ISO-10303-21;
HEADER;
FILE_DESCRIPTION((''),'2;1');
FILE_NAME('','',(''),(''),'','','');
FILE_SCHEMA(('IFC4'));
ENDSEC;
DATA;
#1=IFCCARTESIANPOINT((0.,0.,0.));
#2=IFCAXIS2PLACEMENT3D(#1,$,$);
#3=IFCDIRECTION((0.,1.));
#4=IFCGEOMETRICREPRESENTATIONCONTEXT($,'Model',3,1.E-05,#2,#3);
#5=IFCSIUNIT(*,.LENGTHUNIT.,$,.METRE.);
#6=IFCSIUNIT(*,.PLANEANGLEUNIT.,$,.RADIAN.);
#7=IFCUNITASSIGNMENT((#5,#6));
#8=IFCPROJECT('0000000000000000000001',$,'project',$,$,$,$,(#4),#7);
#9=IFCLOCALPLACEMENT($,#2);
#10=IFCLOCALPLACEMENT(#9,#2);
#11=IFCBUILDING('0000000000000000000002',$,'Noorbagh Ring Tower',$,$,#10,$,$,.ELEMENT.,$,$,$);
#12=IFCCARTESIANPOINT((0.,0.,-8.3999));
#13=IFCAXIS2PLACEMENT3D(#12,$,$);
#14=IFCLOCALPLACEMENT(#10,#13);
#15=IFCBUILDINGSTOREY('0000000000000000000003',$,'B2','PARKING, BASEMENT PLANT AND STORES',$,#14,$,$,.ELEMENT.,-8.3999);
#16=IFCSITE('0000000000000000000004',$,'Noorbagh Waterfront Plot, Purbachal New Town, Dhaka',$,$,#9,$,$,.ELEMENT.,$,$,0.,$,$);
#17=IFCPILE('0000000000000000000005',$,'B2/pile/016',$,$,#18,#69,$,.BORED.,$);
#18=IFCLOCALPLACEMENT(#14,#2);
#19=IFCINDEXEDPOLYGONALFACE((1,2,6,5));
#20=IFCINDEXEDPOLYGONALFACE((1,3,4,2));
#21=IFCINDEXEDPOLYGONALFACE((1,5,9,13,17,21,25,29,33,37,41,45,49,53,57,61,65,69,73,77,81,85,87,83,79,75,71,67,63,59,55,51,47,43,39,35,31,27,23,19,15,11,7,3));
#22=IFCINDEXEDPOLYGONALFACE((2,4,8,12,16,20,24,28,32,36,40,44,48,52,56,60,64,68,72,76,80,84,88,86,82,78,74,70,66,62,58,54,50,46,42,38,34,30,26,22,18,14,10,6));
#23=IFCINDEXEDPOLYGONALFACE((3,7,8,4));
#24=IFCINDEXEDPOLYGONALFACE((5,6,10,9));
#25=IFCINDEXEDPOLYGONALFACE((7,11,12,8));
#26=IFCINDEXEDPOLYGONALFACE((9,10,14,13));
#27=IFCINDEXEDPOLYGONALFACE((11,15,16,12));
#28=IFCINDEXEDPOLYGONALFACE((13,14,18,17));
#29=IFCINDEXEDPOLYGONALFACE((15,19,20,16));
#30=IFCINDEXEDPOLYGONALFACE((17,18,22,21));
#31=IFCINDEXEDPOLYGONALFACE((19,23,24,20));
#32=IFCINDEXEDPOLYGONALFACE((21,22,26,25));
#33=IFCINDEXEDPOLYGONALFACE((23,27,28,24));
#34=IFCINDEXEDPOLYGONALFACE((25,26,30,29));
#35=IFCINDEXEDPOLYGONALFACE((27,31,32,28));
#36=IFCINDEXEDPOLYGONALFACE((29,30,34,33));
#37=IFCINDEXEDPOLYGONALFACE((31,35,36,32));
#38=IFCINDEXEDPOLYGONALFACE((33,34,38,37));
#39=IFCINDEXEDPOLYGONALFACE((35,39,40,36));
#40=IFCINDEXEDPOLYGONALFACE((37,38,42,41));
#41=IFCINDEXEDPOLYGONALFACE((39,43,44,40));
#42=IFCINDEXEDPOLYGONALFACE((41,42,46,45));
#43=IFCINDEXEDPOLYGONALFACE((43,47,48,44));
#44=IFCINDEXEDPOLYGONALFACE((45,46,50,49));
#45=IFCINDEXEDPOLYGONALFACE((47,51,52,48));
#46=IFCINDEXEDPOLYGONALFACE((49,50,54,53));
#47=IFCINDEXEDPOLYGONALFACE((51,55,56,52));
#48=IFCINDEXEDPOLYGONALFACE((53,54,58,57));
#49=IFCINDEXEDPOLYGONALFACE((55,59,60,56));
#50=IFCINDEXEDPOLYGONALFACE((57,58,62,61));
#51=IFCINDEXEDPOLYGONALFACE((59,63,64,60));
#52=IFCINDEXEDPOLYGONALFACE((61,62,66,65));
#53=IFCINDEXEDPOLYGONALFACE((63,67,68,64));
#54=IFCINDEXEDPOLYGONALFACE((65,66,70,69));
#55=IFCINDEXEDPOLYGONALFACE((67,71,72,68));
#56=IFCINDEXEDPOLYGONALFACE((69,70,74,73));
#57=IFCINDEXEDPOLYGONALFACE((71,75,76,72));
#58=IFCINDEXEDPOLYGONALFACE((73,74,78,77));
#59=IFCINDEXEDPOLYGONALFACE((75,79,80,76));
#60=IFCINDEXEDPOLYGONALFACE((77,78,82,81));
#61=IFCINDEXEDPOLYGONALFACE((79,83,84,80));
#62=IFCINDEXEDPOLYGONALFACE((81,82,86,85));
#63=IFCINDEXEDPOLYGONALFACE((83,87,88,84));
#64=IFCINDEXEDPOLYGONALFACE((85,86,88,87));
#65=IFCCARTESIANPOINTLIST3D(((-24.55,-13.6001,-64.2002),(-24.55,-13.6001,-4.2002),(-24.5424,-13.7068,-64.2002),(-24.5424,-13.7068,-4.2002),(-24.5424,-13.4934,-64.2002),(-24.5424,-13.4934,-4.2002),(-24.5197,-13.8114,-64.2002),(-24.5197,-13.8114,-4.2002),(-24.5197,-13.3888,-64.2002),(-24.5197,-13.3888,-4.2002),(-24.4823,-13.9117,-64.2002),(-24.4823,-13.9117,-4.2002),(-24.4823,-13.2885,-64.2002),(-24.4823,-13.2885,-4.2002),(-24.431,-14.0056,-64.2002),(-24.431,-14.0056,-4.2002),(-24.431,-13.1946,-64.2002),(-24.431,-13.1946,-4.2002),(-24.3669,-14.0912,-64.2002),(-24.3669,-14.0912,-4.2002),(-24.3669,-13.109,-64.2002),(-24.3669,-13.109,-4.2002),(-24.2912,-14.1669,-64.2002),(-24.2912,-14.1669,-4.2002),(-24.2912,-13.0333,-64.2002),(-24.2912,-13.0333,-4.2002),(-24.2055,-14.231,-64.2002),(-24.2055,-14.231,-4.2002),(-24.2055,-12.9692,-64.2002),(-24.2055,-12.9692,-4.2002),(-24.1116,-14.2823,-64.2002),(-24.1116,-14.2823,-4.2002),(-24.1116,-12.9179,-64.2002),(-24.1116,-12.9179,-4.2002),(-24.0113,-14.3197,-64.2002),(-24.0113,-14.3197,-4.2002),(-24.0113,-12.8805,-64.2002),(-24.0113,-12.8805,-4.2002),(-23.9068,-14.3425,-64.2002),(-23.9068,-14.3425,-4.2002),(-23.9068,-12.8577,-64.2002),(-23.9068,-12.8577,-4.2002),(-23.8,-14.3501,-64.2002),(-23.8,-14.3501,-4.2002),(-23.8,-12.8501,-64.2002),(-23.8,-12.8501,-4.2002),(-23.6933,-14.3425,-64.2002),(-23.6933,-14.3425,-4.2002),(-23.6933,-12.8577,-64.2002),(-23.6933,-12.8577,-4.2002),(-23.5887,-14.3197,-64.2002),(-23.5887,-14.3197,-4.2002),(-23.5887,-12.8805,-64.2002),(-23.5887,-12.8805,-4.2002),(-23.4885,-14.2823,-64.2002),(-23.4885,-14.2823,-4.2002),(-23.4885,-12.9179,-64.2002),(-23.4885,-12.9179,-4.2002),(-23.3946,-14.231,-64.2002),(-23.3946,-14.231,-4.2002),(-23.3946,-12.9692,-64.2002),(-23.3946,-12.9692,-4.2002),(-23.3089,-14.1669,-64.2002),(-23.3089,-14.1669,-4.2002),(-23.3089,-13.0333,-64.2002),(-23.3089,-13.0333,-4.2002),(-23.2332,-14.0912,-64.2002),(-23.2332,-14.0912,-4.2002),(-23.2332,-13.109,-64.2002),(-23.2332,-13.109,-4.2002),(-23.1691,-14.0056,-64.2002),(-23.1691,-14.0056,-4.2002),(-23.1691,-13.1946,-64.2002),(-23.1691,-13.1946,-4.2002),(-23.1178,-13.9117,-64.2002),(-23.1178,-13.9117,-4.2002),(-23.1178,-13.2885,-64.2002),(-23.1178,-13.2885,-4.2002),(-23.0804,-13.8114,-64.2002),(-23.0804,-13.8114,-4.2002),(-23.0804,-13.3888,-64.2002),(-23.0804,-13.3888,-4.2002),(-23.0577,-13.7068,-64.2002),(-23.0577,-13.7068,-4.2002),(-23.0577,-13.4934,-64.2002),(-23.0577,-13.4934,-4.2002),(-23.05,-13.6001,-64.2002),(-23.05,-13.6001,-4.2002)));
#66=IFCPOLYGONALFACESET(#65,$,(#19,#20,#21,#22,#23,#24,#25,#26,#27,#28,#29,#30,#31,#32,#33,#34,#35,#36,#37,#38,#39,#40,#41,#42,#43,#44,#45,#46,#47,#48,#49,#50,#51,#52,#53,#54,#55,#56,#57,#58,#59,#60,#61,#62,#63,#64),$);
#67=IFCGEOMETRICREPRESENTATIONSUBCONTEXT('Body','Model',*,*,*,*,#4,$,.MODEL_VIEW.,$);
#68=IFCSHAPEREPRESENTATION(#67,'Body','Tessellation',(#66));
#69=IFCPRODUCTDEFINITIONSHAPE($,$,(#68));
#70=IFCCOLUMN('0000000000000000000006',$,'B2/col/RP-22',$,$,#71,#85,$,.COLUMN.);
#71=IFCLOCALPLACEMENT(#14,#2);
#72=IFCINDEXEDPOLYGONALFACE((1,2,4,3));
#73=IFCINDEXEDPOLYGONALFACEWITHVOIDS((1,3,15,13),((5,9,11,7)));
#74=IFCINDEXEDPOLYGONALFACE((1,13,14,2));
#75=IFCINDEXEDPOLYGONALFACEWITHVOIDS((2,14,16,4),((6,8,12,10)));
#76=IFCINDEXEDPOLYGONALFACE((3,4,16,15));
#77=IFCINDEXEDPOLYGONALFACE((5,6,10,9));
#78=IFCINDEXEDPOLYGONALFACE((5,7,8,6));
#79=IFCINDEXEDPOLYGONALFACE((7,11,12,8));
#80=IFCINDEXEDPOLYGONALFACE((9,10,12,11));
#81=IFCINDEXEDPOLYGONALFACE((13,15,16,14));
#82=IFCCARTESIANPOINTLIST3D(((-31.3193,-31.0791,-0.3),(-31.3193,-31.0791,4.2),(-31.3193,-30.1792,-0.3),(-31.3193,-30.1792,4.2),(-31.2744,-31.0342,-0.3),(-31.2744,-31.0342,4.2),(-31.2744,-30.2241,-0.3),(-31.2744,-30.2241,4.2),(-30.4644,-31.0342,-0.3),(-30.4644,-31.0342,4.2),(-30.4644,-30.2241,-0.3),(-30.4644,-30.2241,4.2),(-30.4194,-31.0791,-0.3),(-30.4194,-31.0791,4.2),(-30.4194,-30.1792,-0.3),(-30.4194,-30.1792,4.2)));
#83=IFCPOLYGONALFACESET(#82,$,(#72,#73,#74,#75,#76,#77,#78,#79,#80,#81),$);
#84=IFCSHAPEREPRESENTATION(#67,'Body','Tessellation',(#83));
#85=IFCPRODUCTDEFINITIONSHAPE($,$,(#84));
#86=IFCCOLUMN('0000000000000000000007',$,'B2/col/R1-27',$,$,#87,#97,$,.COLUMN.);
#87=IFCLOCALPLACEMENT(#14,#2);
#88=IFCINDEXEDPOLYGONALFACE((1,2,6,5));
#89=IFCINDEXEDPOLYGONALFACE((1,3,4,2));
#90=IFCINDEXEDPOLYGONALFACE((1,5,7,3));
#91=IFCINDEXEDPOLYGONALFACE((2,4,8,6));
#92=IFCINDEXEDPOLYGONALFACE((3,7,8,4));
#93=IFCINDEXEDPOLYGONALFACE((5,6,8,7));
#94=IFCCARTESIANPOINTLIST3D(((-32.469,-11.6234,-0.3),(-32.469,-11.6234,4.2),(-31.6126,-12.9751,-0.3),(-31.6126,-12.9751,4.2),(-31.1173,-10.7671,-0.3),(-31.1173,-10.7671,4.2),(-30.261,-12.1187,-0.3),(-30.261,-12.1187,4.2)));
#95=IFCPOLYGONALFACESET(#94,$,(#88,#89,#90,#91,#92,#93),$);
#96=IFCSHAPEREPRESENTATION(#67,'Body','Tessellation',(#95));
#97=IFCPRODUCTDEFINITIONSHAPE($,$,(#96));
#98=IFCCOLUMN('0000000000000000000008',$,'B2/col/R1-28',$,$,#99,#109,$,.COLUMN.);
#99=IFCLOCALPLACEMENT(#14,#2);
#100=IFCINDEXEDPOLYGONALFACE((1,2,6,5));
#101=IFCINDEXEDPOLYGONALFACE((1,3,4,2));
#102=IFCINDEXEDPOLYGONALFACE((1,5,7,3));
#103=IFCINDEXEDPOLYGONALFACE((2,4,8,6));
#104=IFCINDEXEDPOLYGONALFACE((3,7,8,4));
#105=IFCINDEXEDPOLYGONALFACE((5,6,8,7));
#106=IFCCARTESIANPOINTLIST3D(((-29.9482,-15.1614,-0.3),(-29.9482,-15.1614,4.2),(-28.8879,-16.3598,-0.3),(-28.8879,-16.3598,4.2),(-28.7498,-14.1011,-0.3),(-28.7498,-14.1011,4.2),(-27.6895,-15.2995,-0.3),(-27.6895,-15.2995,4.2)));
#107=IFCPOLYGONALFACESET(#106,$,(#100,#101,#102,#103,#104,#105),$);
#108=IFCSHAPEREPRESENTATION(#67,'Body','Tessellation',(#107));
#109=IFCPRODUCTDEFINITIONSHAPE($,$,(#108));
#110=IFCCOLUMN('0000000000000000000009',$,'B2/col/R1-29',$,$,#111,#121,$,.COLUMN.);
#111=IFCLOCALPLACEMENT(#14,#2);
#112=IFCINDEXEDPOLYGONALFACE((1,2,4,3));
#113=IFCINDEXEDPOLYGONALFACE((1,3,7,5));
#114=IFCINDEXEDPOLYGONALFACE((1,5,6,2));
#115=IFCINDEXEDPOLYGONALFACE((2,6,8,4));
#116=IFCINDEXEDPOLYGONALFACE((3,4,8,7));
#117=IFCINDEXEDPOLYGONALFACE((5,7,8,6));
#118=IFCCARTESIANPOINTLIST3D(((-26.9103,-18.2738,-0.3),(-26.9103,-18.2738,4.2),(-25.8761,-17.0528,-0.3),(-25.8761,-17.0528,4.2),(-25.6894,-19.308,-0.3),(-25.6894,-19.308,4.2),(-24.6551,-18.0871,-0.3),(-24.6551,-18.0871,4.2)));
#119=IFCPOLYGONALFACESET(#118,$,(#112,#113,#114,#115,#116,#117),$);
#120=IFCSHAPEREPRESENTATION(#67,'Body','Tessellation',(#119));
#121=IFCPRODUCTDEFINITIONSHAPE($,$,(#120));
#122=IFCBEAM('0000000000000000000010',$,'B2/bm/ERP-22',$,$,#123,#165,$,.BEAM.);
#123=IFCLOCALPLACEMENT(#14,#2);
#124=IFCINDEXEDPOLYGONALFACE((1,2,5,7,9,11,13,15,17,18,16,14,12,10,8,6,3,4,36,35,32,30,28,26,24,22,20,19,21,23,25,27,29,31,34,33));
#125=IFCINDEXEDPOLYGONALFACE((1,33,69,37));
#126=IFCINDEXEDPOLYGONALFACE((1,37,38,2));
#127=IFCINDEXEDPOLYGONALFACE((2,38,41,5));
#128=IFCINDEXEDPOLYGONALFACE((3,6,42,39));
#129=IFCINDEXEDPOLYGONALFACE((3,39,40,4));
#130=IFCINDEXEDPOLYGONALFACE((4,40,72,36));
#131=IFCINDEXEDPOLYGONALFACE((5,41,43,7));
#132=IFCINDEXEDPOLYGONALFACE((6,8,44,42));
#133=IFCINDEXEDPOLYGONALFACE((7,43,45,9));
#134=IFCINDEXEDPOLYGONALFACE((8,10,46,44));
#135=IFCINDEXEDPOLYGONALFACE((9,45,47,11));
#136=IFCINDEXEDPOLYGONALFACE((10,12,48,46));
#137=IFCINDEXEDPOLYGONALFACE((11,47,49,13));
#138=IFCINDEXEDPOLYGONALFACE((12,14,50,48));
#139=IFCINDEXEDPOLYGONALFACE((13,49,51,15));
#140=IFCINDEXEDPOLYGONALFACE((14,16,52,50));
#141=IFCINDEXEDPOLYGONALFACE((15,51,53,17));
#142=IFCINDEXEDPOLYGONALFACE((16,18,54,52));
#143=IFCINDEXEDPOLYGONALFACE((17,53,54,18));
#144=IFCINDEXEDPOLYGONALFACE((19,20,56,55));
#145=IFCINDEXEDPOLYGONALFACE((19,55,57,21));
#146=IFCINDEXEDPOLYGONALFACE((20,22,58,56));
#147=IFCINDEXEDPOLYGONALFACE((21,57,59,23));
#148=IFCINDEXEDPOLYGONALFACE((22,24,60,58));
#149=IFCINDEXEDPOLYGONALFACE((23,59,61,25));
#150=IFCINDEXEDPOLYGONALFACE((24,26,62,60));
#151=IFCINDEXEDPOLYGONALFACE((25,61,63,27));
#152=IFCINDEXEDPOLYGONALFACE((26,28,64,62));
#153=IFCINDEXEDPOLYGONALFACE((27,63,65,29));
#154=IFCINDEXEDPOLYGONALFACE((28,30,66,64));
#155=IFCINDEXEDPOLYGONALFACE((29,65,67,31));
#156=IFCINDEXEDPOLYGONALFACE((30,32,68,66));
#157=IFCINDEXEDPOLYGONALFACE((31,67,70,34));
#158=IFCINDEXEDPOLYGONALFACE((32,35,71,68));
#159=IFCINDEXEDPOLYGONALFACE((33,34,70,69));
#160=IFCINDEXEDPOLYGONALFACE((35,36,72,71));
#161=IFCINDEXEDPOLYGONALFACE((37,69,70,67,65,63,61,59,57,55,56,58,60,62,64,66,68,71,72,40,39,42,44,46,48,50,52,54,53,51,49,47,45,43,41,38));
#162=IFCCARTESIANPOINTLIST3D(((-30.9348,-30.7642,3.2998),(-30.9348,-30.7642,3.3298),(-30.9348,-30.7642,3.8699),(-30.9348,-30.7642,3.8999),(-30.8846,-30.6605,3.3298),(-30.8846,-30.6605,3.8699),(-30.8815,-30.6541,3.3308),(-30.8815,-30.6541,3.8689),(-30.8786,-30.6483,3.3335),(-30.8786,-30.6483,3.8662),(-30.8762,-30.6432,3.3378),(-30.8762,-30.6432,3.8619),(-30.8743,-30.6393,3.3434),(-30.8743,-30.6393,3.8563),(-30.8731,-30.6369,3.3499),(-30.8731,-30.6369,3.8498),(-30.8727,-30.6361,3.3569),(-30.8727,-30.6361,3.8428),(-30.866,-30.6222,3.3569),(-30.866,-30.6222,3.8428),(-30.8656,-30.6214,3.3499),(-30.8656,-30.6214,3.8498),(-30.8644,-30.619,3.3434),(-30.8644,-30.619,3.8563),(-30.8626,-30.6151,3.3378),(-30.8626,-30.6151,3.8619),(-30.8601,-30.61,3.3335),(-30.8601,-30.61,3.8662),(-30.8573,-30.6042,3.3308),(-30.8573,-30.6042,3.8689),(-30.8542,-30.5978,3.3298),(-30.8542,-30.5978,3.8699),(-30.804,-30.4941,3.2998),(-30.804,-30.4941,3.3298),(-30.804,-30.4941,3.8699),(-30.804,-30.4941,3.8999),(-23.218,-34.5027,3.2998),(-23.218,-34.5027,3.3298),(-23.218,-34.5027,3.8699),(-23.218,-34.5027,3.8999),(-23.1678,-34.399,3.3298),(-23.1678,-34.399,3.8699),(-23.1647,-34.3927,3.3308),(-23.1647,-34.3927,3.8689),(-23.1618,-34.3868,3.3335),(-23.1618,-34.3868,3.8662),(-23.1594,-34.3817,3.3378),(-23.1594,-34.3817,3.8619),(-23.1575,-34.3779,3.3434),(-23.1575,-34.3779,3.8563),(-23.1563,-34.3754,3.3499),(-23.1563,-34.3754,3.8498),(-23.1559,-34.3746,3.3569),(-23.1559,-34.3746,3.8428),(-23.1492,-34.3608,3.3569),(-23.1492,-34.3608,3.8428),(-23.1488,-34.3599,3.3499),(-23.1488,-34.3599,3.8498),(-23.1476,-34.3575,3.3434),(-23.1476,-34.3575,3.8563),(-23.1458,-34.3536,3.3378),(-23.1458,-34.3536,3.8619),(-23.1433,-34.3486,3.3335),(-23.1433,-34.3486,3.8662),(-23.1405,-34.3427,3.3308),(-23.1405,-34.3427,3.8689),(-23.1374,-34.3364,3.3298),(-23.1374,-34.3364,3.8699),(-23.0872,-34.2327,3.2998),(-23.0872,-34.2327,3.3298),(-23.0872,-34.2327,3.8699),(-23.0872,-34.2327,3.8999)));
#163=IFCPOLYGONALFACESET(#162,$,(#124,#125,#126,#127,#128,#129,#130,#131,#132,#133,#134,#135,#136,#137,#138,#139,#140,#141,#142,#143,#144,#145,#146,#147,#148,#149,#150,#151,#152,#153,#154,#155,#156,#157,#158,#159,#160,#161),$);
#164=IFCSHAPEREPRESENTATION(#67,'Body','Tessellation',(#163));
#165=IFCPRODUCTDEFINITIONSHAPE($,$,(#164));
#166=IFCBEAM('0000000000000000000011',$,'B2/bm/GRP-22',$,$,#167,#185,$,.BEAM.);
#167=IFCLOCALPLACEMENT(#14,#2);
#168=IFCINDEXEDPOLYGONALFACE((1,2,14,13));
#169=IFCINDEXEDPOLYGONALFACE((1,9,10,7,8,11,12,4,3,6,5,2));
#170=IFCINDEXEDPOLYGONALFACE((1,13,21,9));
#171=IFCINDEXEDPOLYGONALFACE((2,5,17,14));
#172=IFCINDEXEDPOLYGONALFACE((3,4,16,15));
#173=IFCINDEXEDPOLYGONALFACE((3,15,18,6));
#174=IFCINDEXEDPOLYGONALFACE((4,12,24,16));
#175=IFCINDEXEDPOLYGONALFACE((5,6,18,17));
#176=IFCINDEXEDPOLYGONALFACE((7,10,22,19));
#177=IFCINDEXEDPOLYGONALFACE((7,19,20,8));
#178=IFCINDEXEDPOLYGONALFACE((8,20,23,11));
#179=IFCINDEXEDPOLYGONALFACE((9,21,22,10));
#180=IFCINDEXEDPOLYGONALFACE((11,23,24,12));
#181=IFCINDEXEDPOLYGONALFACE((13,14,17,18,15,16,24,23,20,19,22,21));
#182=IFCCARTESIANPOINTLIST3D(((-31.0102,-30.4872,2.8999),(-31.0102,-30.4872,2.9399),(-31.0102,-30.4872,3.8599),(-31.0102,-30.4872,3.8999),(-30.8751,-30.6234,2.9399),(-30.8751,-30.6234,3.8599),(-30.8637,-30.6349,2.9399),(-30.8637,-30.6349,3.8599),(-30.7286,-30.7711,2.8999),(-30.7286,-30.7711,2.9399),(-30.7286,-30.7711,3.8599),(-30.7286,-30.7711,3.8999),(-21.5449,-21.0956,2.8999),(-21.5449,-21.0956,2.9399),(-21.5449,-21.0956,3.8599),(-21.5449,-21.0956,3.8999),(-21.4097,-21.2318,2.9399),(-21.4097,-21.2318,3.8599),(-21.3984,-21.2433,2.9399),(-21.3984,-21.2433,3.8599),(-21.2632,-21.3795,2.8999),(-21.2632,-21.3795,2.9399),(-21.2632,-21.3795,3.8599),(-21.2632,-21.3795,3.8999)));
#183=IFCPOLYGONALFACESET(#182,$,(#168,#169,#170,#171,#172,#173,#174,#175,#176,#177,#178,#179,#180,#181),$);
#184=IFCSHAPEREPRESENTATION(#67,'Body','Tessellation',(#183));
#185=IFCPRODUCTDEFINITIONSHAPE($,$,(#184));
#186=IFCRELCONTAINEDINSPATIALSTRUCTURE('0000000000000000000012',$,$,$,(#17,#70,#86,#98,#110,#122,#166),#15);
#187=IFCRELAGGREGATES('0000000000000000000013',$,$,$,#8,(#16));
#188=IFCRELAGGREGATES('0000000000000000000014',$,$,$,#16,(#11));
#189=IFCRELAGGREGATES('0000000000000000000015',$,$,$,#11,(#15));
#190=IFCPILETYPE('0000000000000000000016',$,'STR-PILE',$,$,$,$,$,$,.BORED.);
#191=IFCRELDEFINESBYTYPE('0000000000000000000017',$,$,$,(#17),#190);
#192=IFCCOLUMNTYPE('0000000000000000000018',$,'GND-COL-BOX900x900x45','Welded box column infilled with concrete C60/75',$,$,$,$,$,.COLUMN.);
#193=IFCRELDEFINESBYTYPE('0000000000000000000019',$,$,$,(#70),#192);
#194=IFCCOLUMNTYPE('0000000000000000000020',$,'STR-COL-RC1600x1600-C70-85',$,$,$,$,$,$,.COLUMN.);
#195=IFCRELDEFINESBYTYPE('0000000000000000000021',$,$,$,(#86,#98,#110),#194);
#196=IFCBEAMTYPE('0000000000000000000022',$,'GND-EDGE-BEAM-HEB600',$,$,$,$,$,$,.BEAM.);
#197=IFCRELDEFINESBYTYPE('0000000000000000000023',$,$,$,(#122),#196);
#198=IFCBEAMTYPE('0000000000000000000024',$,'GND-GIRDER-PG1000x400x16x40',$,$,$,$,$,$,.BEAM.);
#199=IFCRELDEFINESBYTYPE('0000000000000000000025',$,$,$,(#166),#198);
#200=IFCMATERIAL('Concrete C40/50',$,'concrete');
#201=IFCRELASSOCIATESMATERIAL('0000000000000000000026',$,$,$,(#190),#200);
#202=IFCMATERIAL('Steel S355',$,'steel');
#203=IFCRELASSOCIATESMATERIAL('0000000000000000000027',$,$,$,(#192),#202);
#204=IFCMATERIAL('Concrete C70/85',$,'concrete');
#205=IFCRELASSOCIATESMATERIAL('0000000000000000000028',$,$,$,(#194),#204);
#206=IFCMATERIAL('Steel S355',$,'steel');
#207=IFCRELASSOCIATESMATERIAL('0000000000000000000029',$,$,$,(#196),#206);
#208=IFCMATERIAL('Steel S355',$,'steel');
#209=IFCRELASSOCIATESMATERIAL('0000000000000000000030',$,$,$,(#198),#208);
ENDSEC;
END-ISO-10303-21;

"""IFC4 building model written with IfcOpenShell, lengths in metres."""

from ifc_helpers import new_model, si_unit, direction, frame, origin, origin_2d, place, context, subcontext, project, spatial, rectangle, hollow_rectangle, circle, i_section, extrude, material, material_profile, profile_set, type_object, element, save


model = new_model("IFC4")

# Units and contexts
model_context = context("Model", 3, precision=1e-05, world=origin(), true_north=direction((0.0, 1.0)))
body_context = subcontext(model_context, "Body", "Model", "MODEL_VIEW")
ifc_project = project(units=[si_unit("LENGTHUNIT", "METRE"), si_unit("PLANEANGLEUNIT", "RADIAN")], contexts=[model_context])

# Site, building, storey
site_placement = place(None, origin())
site = spatial("IfcSite", under=ifc_project, at=site_placement, Name="Noorbagh Waterfront Plot, Purbachal New Town, Dhaka", CompositionType="ELEMENT", RefElevation=0.0)
building_placement = place(site_placement, origin())
building = spatial("IfcBuilding", under=site, at=building_placement, Name="Noorbagh Ring Tower", CompositionType="ELEMENT")
storey_placement = place(building_placement, frame((0.0, 0.0, -8.3999)))
storey = spatial("IfcBuildingStorey", under=building, at=storey_placement, Name="B2", Description="PARKING, BASEMENT PLANT AND STORES", CompositionType="ELEMENT", Elevation=-8.3999)

# Pile
ifc_material_1 = material(Name="Concrete C40/50", Category="concrete")
ifc_material_profile_1 = material_profile(ifc_material_1, circle(Radius=0.75, at=origin_2d()), Name="PILE1500")
ifc_profile_set_1 = profile_set([ifc_material_profile_1], Name="Concrete C40/50")
pile_type_1 = type_object("IfcPileType", Name="STR-PILE", PredefinedType="BORED", material=ifc_profile_set_1)
for number, where, z_axis, x_axis, name in (
    (1, (-23.8, -13.6001, -4.2002), (0.0, 0.0, -1.0), (1.0, 0.0, 0.0), "B2/pile/016"),
):
    element("IfcPile", number, at=place(storey_placement, frame(where, z_axis=z_axis, x_axis=x_axis)), inside=storey, type_object=pile_type_1, Name=name, PredefinedType="BORED", context=body_context, shape_type="SweptSolid", body=[
        extrude(circle(Radius=0.75, at=origin_2d()), origin(), (0.0, 0.0, 1.0), 60.0),
    ])

# Columns
ifc_material_2 = material(Name="Steel S355", Category="steel")
ifc_material_profile_2 = material_profile(ifc_material_2, hollow_rectangle(XDim=0.8999, YDim=0.8999, WallThickness=0.0449, at=origin_2d()), Name="BOX900x900x45")
ifc_profile_set_2 = profile_set([ifc_material_profile_2], Name="Steel S355")
column_type_1 = type_object("IfcColumnType", Name="GND-COL-BOX900x900x45", Description="Welded box column infilled with concrete C60/75", PredefinedType="COLUMN", material=ifc_profile_set_2)
column_placement = place(storey_placement, frame((-30.8694, -30.6292, -0.3), z_axis=(0.0, 0.0, 1.0), x_axis=(1.0, 0.0, 0.0)))
element("IfcColumn", 2, at=column_placement, inside=storey, type_object=column_type_1, Name="B2/col/RP-22", PredefinedType="COLUMN", context=body_context, shape_type="SweptSolid", body=[
    extrude(hollow_rectangle(XDim=0.8999, YDim=0.8999, WallThickness=0.0449, at=origin_2d()), origin(), (0.0, 0.0, 1.0), 4.5),
])
ifc_material_3 = material(Name="Concrete C70/85", Category="concrete")
ifc_material_profile_3 = material_profile(ifc_material_3, rectangle(XDim=1.6001, YDim=1.6001, at=origin_2d()), Name="RC1600x1600")
ifc_profile_set_3 = profile_set([ifc_material_profile_3], Name="Concrete C70/85")
column_type_2 = type_object("IfcColumnType", Name="STR-COL-RC1600x1600-C70-85", PredefinedType="COLUMN", material=ifc_profile_set_3)
for number, where, z_axis, x_axis, name in (
    (3, (-31.365, -11.8711, -0.3), (0.0, 0.0, 1.0), (0.53519, -0.844731, 0.0), "B2/col/R1-27"),
    (4, (-28.8188, -15.2305, -0.3), (0.0, 0.0, 1.0), (0.662636, -0.748942, 0.0), "B2/col/R1-28"),
    (5, (-25.7827, -18.1804, -0.3), (0.0, 0.0, 1.0), (0.763035, -0.646357, 0.0), "B2/col/R1-29"),
):
    element("IfcColumn", number, at=place(storey_placement, frame(where, z_axis=z_axis, x_axis=x_axis)), inside=storey, type_object=column_type_2, Name=name, PredefinedType="COLUMN", context=body_context, shape_type="SweptSolid", body=[
        extrude(rectangle(XDim=1.6001, YDim=1.6001, at=origin_2d()), origin(), (0.0, 0.0, 1.0), 4.5),
    ])

# Beams
ifc_material_4 = material(Name="Steel S355", Category="steel")
ifc_material_profile_4 = material_profile(ifc_material_4, i_section(OverallWidth=0.3, OverallDepth=0.6001, WebThickness=0.0154, FlangeThickness=0.03, FilletRadius=0.0271, at=origin_2d()), Name="HEB600")
ifc_profile_set_4 = profile_set([ifc_material_profile_4], Name="Steel S355")
beam_type_1 = type_object("IfcBeamType", Name="GND-EDGE-BEAM-HEB600", PredefinedType="BEAM", material=ifc_profile_set_4)
beam_1_placement = place(storey_placement, frame((-30.8694, -30.6292, 3.5999), z_axis=(0.899949, -0.435995, 0.0), x_axis=(0.435995, 0.899949, 0.0)))
element("IfcBeam", 6, at=beam_1_placement, inside=storey, type_object=beam_type_1, Name="B2/bm/ERP-22", PredefinedType="BEAM", context=body_context, shape_type="SweptSolid", body=[
    extrude(i_section(OverallWidth=0.3, OverallDepth=0.6001, WebThickness=0.0154, FlangeThickness=0.03, FilletRadius=0.0271, at=origin_2d()), origin(), (0.0, 0.0, 1.0), 8.5747),
])
ifc_material_5 = material(Name="Steel S355", Category="steel")
ifc_material_profile_5 = material_profile(ifc_material_5, i_section(OverallWidth=0.3999, OverallDepth=1.0, WebThickness=0.0161, FlangeThickness=0.04, at=origin_2d()), Name="PG1000x400x16x40")
ifc_profile_set_5 = profile_set([ifc_material_profile_5], Name="Steel S355")
beam_type_2 = type_object("IfcBeamType", Name="GND-GIRDER-PG1000x400x16x40", PredefinedType="BEAM", material=ifc_profile_set_5)
beam_2_placement = place(storey_placement, frame((-30.8694, -30.6292, 3.3999), z_axis=(0.709866, 0.704337, 0.0), x_axis=(-0.704337, 0.709866, 0.0)))
element("IfcBeam", 7, at=beam_2_placement, inside=storey, type_object=beam_type_2, Name="B2/bm/GRP-22", PredefinedType="BEAM", context=body_context, shape_type="SweptSolid", body=[
    extrude(i_section(OverallWidth=0.3999, OverallDepth=1.0, WebThickness=0.0161, FlangeThickness=0.04, at=origin_2d()), origin(), (0.0, 0.0, 1.0), 13.334),
])

save(model, "model.ifc")
